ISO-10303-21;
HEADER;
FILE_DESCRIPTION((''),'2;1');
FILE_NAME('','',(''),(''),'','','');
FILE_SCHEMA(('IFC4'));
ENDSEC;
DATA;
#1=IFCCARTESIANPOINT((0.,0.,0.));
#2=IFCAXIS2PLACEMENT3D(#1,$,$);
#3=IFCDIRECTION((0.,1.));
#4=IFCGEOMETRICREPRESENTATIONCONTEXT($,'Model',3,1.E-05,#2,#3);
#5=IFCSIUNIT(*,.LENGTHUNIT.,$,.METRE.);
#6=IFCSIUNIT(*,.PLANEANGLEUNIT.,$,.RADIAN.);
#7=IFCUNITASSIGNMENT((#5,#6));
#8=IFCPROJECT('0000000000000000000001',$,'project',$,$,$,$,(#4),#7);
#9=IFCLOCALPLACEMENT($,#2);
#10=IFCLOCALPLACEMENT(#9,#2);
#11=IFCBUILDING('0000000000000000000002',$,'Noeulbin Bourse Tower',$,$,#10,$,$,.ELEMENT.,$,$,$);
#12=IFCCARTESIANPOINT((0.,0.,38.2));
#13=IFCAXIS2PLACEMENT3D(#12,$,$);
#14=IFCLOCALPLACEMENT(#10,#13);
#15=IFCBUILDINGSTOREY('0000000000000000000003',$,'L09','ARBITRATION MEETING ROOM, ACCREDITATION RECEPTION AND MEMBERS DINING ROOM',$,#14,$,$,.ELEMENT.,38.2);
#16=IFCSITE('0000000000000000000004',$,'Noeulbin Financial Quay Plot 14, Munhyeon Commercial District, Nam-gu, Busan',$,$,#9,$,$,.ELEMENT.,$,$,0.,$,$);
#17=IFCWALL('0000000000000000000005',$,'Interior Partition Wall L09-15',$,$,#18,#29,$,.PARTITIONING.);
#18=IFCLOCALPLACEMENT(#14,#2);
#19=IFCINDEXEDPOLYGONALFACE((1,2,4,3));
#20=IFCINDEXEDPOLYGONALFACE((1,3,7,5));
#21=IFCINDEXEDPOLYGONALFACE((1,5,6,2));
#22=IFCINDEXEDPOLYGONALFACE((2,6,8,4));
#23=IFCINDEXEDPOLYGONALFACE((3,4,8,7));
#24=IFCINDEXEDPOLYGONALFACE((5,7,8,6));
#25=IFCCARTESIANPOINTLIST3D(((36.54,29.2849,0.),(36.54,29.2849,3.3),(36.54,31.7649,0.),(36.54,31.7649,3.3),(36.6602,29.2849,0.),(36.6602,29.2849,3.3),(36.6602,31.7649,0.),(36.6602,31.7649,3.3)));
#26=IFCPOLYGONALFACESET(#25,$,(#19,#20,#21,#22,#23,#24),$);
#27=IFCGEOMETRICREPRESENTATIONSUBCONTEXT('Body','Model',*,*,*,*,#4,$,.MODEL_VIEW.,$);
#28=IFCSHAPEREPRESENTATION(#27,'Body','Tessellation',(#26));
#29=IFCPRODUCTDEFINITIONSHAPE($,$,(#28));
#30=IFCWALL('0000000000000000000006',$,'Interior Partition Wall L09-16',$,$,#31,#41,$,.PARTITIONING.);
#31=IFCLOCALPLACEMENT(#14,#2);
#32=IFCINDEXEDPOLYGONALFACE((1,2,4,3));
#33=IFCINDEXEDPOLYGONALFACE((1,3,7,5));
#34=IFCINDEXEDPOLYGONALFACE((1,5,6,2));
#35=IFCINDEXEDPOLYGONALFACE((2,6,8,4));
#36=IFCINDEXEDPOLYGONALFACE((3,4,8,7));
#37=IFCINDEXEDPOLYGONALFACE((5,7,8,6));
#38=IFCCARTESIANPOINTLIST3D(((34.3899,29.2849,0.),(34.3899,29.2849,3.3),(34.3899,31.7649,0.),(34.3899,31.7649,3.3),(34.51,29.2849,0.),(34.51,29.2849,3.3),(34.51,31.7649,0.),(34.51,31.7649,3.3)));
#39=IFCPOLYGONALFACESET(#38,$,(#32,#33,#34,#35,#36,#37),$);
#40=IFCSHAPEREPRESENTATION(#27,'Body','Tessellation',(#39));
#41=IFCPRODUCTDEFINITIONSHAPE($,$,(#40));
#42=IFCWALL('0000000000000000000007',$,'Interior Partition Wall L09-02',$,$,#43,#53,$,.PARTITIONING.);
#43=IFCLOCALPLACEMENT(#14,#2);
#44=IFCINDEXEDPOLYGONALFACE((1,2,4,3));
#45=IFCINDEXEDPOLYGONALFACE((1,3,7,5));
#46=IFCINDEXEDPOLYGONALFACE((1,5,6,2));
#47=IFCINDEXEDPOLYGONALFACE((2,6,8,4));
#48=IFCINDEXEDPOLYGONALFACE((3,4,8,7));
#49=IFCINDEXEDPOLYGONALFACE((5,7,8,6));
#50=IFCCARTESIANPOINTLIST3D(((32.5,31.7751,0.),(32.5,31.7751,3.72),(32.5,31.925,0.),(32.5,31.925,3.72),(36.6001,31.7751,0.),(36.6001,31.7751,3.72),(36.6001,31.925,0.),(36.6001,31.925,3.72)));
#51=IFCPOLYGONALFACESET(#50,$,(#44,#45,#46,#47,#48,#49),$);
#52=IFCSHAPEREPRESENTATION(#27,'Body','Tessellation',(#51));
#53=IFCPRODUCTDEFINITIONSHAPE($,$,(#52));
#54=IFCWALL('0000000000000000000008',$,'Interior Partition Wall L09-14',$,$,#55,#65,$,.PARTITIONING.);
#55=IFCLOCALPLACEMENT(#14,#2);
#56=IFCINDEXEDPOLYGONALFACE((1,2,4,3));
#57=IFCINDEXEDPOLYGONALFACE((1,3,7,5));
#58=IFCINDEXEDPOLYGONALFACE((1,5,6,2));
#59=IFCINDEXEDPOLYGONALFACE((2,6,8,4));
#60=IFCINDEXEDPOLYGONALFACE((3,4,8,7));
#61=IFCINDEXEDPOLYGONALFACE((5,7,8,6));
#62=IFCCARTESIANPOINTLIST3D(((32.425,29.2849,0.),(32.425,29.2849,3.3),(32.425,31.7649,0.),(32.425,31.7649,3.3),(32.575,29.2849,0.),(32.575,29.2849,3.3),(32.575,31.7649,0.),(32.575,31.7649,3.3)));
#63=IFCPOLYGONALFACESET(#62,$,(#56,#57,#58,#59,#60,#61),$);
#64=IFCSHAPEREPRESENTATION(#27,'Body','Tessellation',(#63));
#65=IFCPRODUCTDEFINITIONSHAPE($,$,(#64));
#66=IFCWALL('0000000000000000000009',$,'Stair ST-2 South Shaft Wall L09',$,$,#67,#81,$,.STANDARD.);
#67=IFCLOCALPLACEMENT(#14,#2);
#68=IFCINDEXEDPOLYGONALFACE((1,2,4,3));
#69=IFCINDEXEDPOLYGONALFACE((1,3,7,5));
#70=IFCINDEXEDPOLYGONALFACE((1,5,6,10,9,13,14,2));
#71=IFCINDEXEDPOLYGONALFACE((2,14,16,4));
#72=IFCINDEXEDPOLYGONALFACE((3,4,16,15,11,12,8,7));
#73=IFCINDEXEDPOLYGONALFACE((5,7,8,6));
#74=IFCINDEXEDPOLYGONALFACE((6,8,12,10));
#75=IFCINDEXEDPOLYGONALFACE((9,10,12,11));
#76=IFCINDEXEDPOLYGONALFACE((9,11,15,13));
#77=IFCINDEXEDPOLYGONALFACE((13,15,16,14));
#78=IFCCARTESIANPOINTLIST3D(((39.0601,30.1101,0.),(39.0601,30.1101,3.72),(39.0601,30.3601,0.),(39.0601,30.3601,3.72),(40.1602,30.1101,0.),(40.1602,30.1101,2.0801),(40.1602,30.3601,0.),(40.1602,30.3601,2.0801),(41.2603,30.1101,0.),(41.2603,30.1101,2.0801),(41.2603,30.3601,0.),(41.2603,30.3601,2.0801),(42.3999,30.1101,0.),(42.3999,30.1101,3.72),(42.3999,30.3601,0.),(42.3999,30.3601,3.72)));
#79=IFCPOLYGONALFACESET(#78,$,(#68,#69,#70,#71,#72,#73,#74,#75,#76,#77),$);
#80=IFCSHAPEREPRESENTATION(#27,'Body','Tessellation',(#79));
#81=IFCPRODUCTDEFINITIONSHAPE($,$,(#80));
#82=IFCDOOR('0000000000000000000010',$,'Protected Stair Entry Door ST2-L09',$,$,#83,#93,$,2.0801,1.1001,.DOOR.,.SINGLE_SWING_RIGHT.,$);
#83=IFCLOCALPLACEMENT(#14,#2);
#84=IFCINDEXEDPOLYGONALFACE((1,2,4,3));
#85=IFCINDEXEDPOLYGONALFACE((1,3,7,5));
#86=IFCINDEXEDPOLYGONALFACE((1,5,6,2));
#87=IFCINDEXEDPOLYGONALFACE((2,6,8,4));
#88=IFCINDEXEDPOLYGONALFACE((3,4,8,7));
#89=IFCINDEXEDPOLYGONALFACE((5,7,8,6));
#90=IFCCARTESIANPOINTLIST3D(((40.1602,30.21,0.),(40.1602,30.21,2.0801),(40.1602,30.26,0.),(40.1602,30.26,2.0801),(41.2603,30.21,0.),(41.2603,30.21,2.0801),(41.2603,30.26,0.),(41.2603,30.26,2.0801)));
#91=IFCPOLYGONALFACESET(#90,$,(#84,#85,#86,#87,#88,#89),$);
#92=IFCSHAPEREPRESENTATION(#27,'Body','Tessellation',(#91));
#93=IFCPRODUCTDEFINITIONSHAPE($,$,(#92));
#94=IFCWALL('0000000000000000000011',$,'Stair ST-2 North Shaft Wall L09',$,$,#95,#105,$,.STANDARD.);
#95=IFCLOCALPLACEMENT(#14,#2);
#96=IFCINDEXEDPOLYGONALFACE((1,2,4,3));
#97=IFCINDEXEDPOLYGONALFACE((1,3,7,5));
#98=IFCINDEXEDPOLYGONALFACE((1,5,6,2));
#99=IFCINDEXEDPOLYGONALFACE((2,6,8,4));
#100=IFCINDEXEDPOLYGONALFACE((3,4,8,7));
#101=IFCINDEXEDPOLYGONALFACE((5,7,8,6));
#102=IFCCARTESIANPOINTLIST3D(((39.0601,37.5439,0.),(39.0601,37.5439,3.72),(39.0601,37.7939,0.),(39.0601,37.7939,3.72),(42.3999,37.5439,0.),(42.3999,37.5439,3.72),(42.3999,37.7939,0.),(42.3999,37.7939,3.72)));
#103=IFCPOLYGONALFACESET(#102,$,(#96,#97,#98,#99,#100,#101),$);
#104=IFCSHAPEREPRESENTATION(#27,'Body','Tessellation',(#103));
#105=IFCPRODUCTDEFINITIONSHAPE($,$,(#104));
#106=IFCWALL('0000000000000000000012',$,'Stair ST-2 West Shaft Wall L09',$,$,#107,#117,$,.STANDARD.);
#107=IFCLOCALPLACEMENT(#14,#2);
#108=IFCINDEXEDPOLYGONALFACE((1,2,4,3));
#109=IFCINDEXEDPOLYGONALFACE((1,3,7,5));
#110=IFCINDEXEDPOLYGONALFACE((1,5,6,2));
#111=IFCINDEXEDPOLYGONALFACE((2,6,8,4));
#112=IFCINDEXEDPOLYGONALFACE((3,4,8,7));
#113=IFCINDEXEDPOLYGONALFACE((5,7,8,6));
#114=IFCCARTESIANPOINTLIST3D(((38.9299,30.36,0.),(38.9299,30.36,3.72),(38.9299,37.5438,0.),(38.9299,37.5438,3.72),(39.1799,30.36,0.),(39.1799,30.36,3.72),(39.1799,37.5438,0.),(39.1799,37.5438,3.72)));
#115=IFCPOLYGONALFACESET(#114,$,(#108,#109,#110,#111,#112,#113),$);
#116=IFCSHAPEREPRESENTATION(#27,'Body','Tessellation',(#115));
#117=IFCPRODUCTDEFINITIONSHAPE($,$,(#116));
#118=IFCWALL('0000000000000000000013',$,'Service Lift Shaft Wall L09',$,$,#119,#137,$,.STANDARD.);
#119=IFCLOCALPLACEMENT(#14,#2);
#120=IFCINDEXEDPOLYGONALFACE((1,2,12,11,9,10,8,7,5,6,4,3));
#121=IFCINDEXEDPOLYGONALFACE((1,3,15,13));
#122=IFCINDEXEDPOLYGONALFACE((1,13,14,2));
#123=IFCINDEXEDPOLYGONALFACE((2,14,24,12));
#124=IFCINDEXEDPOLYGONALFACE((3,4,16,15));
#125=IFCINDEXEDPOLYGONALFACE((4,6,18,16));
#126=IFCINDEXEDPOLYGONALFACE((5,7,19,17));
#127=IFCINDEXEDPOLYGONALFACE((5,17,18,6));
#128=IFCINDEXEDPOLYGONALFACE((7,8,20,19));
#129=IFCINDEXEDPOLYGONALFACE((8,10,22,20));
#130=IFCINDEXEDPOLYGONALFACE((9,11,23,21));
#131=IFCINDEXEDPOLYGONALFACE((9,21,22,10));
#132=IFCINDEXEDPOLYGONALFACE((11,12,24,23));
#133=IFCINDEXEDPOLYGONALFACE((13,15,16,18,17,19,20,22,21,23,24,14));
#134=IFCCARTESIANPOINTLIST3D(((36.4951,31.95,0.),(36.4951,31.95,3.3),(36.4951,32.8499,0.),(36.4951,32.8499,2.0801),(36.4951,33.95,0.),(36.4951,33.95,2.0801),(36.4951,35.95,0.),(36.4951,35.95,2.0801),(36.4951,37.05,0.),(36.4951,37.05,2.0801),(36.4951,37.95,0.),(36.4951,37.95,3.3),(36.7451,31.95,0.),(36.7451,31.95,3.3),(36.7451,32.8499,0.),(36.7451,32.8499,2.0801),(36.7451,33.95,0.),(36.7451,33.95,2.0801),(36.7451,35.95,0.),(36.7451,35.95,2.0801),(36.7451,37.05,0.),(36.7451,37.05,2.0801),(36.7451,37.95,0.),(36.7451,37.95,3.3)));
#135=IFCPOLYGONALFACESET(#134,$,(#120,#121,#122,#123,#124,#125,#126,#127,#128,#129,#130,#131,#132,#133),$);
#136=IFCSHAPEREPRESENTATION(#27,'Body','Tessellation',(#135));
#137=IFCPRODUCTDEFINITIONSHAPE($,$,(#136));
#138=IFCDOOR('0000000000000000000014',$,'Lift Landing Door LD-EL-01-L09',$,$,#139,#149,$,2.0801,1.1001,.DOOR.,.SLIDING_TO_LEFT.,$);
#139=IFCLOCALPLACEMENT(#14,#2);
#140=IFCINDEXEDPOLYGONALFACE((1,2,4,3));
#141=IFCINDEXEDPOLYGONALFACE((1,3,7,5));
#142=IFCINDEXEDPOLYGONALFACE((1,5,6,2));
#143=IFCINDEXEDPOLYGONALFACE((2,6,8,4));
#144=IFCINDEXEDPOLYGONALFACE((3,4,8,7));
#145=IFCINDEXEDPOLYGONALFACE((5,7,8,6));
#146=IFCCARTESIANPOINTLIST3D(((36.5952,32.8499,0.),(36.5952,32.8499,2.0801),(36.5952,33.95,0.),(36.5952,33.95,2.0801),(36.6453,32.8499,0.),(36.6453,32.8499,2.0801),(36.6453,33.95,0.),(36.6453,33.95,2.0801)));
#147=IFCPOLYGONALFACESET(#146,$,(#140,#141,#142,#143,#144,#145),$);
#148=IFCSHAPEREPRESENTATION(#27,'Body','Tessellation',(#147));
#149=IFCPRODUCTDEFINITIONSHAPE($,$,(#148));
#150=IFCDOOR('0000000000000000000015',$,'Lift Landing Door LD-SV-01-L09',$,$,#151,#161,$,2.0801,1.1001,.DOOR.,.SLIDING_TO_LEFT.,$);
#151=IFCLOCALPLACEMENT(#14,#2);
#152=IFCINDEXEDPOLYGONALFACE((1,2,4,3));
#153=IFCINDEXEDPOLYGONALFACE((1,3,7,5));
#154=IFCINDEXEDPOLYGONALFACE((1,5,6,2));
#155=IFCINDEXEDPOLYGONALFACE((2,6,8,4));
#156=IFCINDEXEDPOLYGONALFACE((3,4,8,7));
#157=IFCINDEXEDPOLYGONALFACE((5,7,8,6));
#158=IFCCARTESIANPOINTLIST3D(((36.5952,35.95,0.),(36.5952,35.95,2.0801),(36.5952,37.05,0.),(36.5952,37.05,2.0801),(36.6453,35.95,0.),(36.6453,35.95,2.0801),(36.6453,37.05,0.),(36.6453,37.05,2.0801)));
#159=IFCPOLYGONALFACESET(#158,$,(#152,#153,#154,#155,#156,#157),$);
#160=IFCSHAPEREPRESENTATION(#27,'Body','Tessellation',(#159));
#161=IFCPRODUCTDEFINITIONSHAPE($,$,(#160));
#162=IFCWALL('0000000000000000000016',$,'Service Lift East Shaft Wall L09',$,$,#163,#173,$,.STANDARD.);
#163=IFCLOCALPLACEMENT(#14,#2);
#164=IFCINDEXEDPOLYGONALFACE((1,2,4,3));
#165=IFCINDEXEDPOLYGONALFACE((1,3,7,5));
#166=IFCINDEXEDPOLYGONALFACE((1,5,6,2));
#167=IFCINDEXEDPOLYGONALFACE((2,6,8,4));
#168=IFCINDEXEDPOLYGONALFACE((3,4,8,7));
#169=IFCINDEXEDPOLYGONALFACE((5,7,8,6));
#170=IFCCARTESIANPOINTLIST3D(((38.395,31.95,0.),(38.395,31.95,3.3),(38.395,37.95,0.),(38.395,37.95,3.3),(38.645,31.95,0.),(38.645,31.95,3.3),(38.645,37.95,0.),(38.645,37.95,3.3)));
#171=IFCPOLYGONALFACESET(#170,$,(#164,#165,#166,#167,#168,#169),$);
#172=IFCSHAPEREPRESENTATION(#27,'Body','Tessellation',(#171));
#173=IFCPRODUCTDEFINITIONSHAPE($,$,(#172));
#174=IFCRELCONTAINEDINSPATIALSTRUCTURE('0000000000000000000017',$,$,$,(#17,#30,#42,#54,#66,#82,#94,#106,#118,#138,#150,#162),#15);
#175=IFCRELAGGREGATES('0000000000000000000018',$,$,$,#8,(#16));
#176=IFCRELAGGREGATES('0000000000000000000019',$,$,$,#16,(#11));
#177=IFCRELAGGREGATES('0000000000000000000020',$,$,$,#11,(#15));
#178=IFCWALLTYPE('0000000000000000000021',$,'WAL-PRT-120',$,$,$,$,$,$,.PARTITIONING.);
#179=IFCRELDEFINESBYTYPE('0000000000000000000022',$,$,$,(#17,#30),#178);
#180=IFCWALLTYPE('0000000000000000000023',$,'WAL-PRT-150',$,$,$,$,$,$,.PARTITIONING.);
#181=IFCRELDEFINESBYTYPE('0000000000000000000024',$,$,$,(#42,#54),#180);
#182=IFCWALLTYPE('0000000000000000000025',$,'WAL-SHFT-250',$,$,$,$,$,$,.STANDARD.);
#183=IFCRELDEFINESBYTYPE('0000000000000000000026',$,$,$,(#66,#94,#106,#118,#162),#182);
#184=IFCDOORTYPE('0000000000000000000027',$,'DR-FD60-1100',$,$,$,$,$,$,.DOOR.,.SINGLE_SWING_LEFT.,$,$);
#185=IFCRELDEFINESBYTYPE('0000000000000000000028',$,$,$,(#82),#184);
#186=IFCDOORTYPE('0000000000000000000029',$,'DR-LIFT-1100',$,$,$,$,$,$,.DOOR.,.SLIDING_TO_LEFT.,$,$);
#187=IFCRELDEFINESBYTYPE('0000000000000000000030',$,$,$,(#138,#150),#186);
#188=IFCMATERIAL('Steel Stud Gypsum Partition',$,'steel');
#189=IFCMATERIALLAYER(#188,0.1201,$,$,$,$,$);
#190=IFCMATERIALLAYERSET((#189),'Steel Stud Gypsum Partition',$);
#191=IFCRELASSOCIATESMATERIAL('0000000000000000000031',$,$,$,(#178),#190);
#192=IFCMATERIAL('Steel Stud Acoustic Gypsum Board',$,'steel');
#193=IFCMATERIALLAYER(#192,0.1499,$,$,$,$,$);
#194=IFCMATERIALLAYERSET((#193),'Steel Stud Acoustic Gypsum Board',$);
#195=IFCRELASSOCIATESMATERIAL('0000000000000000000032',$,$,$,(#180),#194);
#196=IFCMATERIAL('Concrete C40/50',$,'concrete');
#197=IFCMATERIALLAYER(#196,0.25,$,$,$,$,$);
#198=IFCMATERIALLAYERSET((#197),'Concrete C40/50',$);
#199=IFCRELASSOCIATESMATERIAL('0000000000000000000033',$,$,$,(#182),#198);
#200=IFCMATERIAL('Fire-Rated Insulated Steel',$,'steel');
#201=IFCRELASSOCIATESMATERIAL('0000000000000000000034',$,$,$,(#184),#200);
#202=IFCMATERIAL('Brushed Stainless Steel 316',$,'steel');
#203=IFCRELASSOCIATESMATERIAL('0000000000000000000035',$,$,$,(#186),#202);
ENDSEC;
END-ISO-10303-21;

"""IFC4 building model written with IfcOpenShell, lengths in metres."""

from ifc_helpers import new_model, si_unit, direction, frame, frame_2d, origin, place, context, subcontext, project, spatial, rectangle, extrude, material, layer, layer_set, type_object, element, fill, save


model = new_model("IFC4")

# Units and contexts
model_context = context("Model", 3, precision=1e-05, world=origin(), true_north=direction((0.0, 1.0)))
body_context = subcontext(model_context, "Body", "Model", "MODEL_VIEW")
ifc_project = project(units=[si_unit("LENGTHUNIT", "METRE"), si_unit("PLANEANGLEUNIT", "RADIAN")], contexts=[model_context])

# Site, building, storey
site_placement = place(None, origin())
site = spatial("IfcSite", under=ifc_project, at=site_placement, Name="Noeulbin Financial Quay Plot 14, Munhyeon Commercial District, Nam-gu, Busan", CompositionType="ELEMENT", RefElevation=0.0)
building_placement = place(site_placement, origin())
building = spatial("IfcBuilding", under=site, at=building_placement, Name="Noeulbin Bourse Tower", CompositionType="ELEMENT")
storey_placement = place(building_placement, frame((0.0, 0.0, 38.2)))
storey = spatial("IfcBuildingStorey", under=building, at=storey_placement, Name="L09", Description="ARBITRATION MEETING ROOM, ACCREDITATION RECEPTION AND MEMBERS DINING ROOM", CompositionType="ELEMENT", Elevation=38.2)

# Walls
ifc_material_1 = material(Name="Concrete C40/50", Category="concrete")
ifc_material_2 = material(Name="Steel Stud Gypsum Partition", Category="steel")
ifc_layer_1 = layer(ifc_material_2, 0.1201)
ifc_layer_set_1 = layer_set([ifc_layer_1], Name="Steel Stud Gypsum Partition")
wall_type_1 = type_object("IfcWallType", Name="WAL-PRT-120", PredefinedType="PARTITIONING", material=ifc_layer_set_1)
for number, where, z_axis, x_axis, name in (
    (1, (36.6001, 29.2849, 0.0), (0.0, 0.0, 1.0), (0.0, 1.0, 0.0), "Interior Partition Wall L09-15"),
    (2, (34.45, 29.2849, 0.0), (0.0, 0.0, 1.0), (0.0, 1.0, 0.0), "Interior Partition Wall L09-16"),
):
    element("IfcWall", number, at=place(storey_placement, frame(where, z_axis=z_axis, x_axis=x_axis)), inside=storey, type_object=wall_type_1, Name=name, PredefinedType="PARTITIONING", context=body_context, shape_type="SweptSolid", body=[
        extrude(rectangle(XDim=2.48, YDim=0.1201, at=frame_2d((1.24, 0.0))), origin(), (0.0, 0.0, 1.0), 3.3),
    ])
ifc_material_3 = material(Name="Steel Stud Acoustic Gypsum Board", Category="steel")
ifc_layer_2 = layer(ifc_material_3, 0.1499)
ifc_layer_set_2 = layer_set([ifc_layer_2], Name="Steel Stud Acoustic Gypsum Board")
wall_type_2 = type_object("IfcWallType", Name="WAL-PRT-150", PredefinedType="PARTITIONING", material=ifc_layer_set_2)
wall_1_placement = place(storey_placement, frame((32.5, 31.8501, 0.0), z_axis=(0.0, 0.0, 1.0), x_axis=(1.0, 0.0, 0.0)))
element("IfcWall", 3, at=wall_1_placement, inside=storey, type_object=wall_type_2, Name="Interior Partition Wall L09-02", PredefinedType="PARTITIONING", context=body_context, shape_type="SweptSolid", body=[
    extrude(rectangle(XDim=4.1001, YDim=0.1499, at=frame_2d((2.05, 0.0))), origin(), (0.0, 0.0, 1.0), 3.72),
])
wall_2_placement = place(storey_placement, frame((32.5, 29.2849, 0.0), z_axis=(0.0, 0.0, 1.0), x_axis=(0.0, 1.0, 0.0)))
element("IfcWall", 4, at=wall_2_placement, inside=storey, type_object=wall_type_2, Name="Interior Partition Wall L09-14", PredefinedType="PARTITIONING", context=body_context, shape_type="SweptSolid", body=[
    extrude(rectangle(XDim=2.48, YDim=0.1499, at=frame_2d((1.24, 0.0))), origin(), (0.0, 0.0, 1.0), 3.3),
])

# Wall, opening, door
ifc_layer_3 = layer(ifc_material_1, 0.25)
ifc_layer_set_3 = layer_set([ifc_layer_3], Name="Concrete C40/50")
wall_type_3 = type_object("IfcWallType", Name="WAL-SHFT-250", PredefinedType="STANDARD", material=ifc_layer_set_3)
wall_3_placement = place(storey_placement, frame((39.0601, 30.2351, 0.0), z_axis=(0.0, 0.0, 1.0), x_axis=(1.0, 0.0, 0.0)))
wall_3 = element("IfcWall", 5, at=wall_3_placement, inside=storey, type_object=wall_type_3, Name="Stair ST-2 South Shaft Wall L09", PredefinedType="STANDARD", context=body_context, shape_type="SweptSolid", body=[
    extrude(rectangle(XDim=3.3398, YDim=0.25, at=frame_2d((1.6699, 0.0))), origin(), (0.0, 0.0, 1.0), 3.72),
])
opening_1_placement = place(wall_3_placement, frame((1.1001, 0.0, 0.0)))
opening_1 = element("IfcOpeningElement", 6, at=opening_1_placement, cuts=wall_3, PredefinedType="OPENING", context=body_context, shape_type="SweptSolid", body=[
    extrude(rectangle(XDim=1.1001, YDim=2.0801, at=frame_2d((0.55, 1.04))), frame((0.0, 0.135, 0.0), z_axis=(0.0, -1.0, 0.0), x_axis=(1.0, 0.0, 0.0)), (0.0, 0.0, 1.0), 0.27),
])
ifc_material_4 = material(Name="Fire-Rated Insulated Steel", Category="steel")
door_type_1 = type_object("IfcDoorType", Name="DR-FD60-1100", OperationType="SINGLE_SWING_LEFT", PredefinedType="DOOR", material=ifc_material_4)
door_1_placement = place(opening_1_placement, origin())
door_1 = element("IfcDoor", 7, at=door_1_placement, inside=storey, type_object=door_type_1, Name="Protected Stair Entry Door ST2-L09", OperationType="SINGLE_SWING_RIGHT", OverallHeight=2.0801, OverallWidth=1.1001, PredefinedType="DOOR", context=body_context, shape_type="SweptSolid", body=[
    extrude(rectangle(XDim=1.1001, YDim=2.0801, at=frame_2d((0.55, 1.04))), frame((0.0, 0.0249, 0.0), z_axis=(0.0, -1.0, 0.0), x_axis=(1.0, 0.0, 0.0)), (0.0, 0.0, 1.0), 0.05),
])
fill(opening_1, door_1)

# Walls
wall_4_placement = place(storey_placement, frame((39.0601, 37.6689, 0.0), z_axis=(0.0, 0.0, 1.0), x_axis=(1.0, 0.0, 0.0)))
element("IfcWall", 8, at=wall_4_placement, inside=storey, type_object=wall_type_3, Name="Stair ST-2 North Shaft Wall L09", PredefinedType="STANDARD", context=body_context, shape_type="SweptSolid", body=[
    extrude(rectangle(XDim=3.3398, YDim=0.25, at=frame_2d((1.6699, 0.0))), origin(), (0.0, 0.0, 1.0), 3.72),
])
wall_5_placement = place(storey_placement, frame((39.0549, 30.3601, 0.0), z_axis=(0.0, 0.0, 1.0), x_axis=(0.0, 1.0, 0.0)))
element("IfcWall", 9, at=wall_5_placement, inside=storey, type_object=wall_type_3, Name="Stair ST-2 West Shaft Wall L09", PredefinedType="STANDARD", context=body_context, shape_type="SweptSolid", body=[
    extrude(rectangle(XDim=7.1838, YDim=0.25, at=frame_2d((3.5918, 0.0))), origin(), (0.0, 0.0, 1.0), 3.72),
])

# Wall, openings, doors
wall_6_placement = place(storey_placement, frame((36.6201, 31.95, 0.0), z_axis=(0.0, 0.0, 1.0), x_axis=(0.0, 1.0, 0.0)))
wall_6 = element("IfcWall", 10, at=wall_6_placement, inside=storey, type_object=wall_type_3, Name="Service Lift Shaft Wall L09", PredefinedType="STANDARD", context=body_context, shape_type="SweptSolid", body=[
    extrude(rectangle(XDim=6.0, YDim=0.25, at=frame_2d((3.0, 0.0))), origin(), (0.0, 0.0, 1.0), 3.3),
])
opening_2_placement = place(wall_6_placement, frame((0.8999, 0.0, 0.0)))
opening_2 = element("IfcOpeningElement", 11, at=opening_2_placement, cuts=wall_6, PredefinedType="OPENING", context=body_context, shape_type="SweptSolid", body=[
    extrude(rectangle(XDim=1.1001, YDim=2.0801, at=frame_2d((0.55, 1.04))), frame((0.0, 0.135, 0.0), z_axis=(0.0, -1.0, 0.0), x_axis=(1.0, 0.0, 0.0)), (0.0, 0.0, 1.0), 0.27),
])
opening_3_placement = place(wall_6_placement, frame((4.0, 0.0, 0.0)))
opening_3 = element("IfcOpeningElement", 12, at=opening_3_placement, cuts=wall_6, PredefinedType="OPENING", context=body_context, shape_type="SweptSolid", body=[
    extrude(rectangle(XDim=1.1001, YDim=2.0801, at=frame_2d((0.55, 1.04))), frame((0.0, 0.135, 0.0), z_axis=(0.0, -1.0, 0.0), x_axis=(1.0, 0.0, 0.0)), (0.0, 0.0, 1.0), 0.27),
])
ifc_material_5 = material(Name="Brushed Stainless Steel 316", Category="steel")
door_type_2 = type_object("IfcDoorType", Name="DR-LIFT-1100", OperationType="SLIDING_TO_LEFT", PredefinedType="DOOR", material=ifc_material_5)
door_2_placement = place(opening_2_placement, origin())
door_2 = element("IfcDoor", 13, at=door_2_placement, inside=storey, type_object=door_type_2, Name="Lift Landing Door LD-EL-01-L09", OperationType="SLIDING_TO_LEFT", OverallHeight=2.0801, OverallWidth=1.1001, PredefinedType="DOOR", context=body_context, shape_type="SweptSolid", body=[
    extrude(rectangle(XDim=1.1001, YDim=2.0801, at=frame_2d((0.55, 1.04))), frame((0.0, 0.0249, 0.0), z_axis=(0.0, -1.0, 0.0), x_axis=(1.0, 0.0, 0.0)), (0.0, 0.0, 1.0), 0.05),
])
fill(opening_2, door_2)
door_3_placement = place(opening_3_placement, origin())
door_3 = element("IfcDoor", 14, at=door_3_placement, inside=storey, type_object=door_type_2, Name="Lift Landing Door LD-SV-01-L09", OperationType="SLIDING_TO_LEFT", OverallHeight=2.0801, OverallWidth=1.1001, PredefinedType="DOOR", context=body_context, shape_type="SweptSolid", body=[
    extrude(rectangle(XDim=1.1001, YDim=2.0801, at=frame_2d((0.55, 1.04))), frame((0.0, 0.0249, 0.0), z_axis=(0.0, -1.0, 0.0), x_axis=(1.0, 0.0, 0.0)), (0.0, 0.0, 1.0), 0.05),
])
fill(opening_3, door_3)

# Wall
wall_7_placement = place(storey_placement, frame((38.52, 31.95, 0.0), z_axis=(0.0, 0.0, 1.0), x_axis=(0.0, 1.0, 0.0)))
element("IfcWall", 15, at=wall_7_placement, inside=storey, type_object=wall_type_3, Name="Service Lift East Shaft Wall L09", PredefinedType="STANDARD", context=body_context, shape_type="SweptSolid", body=[
    extrude(rectangle(XDim=6.0, YDim=0.25, at=frame_2d((3.0, 0.0))), origin(), (0.0, 0.0, 1.0), 3.3),
])

save(model, "model.ifc")
